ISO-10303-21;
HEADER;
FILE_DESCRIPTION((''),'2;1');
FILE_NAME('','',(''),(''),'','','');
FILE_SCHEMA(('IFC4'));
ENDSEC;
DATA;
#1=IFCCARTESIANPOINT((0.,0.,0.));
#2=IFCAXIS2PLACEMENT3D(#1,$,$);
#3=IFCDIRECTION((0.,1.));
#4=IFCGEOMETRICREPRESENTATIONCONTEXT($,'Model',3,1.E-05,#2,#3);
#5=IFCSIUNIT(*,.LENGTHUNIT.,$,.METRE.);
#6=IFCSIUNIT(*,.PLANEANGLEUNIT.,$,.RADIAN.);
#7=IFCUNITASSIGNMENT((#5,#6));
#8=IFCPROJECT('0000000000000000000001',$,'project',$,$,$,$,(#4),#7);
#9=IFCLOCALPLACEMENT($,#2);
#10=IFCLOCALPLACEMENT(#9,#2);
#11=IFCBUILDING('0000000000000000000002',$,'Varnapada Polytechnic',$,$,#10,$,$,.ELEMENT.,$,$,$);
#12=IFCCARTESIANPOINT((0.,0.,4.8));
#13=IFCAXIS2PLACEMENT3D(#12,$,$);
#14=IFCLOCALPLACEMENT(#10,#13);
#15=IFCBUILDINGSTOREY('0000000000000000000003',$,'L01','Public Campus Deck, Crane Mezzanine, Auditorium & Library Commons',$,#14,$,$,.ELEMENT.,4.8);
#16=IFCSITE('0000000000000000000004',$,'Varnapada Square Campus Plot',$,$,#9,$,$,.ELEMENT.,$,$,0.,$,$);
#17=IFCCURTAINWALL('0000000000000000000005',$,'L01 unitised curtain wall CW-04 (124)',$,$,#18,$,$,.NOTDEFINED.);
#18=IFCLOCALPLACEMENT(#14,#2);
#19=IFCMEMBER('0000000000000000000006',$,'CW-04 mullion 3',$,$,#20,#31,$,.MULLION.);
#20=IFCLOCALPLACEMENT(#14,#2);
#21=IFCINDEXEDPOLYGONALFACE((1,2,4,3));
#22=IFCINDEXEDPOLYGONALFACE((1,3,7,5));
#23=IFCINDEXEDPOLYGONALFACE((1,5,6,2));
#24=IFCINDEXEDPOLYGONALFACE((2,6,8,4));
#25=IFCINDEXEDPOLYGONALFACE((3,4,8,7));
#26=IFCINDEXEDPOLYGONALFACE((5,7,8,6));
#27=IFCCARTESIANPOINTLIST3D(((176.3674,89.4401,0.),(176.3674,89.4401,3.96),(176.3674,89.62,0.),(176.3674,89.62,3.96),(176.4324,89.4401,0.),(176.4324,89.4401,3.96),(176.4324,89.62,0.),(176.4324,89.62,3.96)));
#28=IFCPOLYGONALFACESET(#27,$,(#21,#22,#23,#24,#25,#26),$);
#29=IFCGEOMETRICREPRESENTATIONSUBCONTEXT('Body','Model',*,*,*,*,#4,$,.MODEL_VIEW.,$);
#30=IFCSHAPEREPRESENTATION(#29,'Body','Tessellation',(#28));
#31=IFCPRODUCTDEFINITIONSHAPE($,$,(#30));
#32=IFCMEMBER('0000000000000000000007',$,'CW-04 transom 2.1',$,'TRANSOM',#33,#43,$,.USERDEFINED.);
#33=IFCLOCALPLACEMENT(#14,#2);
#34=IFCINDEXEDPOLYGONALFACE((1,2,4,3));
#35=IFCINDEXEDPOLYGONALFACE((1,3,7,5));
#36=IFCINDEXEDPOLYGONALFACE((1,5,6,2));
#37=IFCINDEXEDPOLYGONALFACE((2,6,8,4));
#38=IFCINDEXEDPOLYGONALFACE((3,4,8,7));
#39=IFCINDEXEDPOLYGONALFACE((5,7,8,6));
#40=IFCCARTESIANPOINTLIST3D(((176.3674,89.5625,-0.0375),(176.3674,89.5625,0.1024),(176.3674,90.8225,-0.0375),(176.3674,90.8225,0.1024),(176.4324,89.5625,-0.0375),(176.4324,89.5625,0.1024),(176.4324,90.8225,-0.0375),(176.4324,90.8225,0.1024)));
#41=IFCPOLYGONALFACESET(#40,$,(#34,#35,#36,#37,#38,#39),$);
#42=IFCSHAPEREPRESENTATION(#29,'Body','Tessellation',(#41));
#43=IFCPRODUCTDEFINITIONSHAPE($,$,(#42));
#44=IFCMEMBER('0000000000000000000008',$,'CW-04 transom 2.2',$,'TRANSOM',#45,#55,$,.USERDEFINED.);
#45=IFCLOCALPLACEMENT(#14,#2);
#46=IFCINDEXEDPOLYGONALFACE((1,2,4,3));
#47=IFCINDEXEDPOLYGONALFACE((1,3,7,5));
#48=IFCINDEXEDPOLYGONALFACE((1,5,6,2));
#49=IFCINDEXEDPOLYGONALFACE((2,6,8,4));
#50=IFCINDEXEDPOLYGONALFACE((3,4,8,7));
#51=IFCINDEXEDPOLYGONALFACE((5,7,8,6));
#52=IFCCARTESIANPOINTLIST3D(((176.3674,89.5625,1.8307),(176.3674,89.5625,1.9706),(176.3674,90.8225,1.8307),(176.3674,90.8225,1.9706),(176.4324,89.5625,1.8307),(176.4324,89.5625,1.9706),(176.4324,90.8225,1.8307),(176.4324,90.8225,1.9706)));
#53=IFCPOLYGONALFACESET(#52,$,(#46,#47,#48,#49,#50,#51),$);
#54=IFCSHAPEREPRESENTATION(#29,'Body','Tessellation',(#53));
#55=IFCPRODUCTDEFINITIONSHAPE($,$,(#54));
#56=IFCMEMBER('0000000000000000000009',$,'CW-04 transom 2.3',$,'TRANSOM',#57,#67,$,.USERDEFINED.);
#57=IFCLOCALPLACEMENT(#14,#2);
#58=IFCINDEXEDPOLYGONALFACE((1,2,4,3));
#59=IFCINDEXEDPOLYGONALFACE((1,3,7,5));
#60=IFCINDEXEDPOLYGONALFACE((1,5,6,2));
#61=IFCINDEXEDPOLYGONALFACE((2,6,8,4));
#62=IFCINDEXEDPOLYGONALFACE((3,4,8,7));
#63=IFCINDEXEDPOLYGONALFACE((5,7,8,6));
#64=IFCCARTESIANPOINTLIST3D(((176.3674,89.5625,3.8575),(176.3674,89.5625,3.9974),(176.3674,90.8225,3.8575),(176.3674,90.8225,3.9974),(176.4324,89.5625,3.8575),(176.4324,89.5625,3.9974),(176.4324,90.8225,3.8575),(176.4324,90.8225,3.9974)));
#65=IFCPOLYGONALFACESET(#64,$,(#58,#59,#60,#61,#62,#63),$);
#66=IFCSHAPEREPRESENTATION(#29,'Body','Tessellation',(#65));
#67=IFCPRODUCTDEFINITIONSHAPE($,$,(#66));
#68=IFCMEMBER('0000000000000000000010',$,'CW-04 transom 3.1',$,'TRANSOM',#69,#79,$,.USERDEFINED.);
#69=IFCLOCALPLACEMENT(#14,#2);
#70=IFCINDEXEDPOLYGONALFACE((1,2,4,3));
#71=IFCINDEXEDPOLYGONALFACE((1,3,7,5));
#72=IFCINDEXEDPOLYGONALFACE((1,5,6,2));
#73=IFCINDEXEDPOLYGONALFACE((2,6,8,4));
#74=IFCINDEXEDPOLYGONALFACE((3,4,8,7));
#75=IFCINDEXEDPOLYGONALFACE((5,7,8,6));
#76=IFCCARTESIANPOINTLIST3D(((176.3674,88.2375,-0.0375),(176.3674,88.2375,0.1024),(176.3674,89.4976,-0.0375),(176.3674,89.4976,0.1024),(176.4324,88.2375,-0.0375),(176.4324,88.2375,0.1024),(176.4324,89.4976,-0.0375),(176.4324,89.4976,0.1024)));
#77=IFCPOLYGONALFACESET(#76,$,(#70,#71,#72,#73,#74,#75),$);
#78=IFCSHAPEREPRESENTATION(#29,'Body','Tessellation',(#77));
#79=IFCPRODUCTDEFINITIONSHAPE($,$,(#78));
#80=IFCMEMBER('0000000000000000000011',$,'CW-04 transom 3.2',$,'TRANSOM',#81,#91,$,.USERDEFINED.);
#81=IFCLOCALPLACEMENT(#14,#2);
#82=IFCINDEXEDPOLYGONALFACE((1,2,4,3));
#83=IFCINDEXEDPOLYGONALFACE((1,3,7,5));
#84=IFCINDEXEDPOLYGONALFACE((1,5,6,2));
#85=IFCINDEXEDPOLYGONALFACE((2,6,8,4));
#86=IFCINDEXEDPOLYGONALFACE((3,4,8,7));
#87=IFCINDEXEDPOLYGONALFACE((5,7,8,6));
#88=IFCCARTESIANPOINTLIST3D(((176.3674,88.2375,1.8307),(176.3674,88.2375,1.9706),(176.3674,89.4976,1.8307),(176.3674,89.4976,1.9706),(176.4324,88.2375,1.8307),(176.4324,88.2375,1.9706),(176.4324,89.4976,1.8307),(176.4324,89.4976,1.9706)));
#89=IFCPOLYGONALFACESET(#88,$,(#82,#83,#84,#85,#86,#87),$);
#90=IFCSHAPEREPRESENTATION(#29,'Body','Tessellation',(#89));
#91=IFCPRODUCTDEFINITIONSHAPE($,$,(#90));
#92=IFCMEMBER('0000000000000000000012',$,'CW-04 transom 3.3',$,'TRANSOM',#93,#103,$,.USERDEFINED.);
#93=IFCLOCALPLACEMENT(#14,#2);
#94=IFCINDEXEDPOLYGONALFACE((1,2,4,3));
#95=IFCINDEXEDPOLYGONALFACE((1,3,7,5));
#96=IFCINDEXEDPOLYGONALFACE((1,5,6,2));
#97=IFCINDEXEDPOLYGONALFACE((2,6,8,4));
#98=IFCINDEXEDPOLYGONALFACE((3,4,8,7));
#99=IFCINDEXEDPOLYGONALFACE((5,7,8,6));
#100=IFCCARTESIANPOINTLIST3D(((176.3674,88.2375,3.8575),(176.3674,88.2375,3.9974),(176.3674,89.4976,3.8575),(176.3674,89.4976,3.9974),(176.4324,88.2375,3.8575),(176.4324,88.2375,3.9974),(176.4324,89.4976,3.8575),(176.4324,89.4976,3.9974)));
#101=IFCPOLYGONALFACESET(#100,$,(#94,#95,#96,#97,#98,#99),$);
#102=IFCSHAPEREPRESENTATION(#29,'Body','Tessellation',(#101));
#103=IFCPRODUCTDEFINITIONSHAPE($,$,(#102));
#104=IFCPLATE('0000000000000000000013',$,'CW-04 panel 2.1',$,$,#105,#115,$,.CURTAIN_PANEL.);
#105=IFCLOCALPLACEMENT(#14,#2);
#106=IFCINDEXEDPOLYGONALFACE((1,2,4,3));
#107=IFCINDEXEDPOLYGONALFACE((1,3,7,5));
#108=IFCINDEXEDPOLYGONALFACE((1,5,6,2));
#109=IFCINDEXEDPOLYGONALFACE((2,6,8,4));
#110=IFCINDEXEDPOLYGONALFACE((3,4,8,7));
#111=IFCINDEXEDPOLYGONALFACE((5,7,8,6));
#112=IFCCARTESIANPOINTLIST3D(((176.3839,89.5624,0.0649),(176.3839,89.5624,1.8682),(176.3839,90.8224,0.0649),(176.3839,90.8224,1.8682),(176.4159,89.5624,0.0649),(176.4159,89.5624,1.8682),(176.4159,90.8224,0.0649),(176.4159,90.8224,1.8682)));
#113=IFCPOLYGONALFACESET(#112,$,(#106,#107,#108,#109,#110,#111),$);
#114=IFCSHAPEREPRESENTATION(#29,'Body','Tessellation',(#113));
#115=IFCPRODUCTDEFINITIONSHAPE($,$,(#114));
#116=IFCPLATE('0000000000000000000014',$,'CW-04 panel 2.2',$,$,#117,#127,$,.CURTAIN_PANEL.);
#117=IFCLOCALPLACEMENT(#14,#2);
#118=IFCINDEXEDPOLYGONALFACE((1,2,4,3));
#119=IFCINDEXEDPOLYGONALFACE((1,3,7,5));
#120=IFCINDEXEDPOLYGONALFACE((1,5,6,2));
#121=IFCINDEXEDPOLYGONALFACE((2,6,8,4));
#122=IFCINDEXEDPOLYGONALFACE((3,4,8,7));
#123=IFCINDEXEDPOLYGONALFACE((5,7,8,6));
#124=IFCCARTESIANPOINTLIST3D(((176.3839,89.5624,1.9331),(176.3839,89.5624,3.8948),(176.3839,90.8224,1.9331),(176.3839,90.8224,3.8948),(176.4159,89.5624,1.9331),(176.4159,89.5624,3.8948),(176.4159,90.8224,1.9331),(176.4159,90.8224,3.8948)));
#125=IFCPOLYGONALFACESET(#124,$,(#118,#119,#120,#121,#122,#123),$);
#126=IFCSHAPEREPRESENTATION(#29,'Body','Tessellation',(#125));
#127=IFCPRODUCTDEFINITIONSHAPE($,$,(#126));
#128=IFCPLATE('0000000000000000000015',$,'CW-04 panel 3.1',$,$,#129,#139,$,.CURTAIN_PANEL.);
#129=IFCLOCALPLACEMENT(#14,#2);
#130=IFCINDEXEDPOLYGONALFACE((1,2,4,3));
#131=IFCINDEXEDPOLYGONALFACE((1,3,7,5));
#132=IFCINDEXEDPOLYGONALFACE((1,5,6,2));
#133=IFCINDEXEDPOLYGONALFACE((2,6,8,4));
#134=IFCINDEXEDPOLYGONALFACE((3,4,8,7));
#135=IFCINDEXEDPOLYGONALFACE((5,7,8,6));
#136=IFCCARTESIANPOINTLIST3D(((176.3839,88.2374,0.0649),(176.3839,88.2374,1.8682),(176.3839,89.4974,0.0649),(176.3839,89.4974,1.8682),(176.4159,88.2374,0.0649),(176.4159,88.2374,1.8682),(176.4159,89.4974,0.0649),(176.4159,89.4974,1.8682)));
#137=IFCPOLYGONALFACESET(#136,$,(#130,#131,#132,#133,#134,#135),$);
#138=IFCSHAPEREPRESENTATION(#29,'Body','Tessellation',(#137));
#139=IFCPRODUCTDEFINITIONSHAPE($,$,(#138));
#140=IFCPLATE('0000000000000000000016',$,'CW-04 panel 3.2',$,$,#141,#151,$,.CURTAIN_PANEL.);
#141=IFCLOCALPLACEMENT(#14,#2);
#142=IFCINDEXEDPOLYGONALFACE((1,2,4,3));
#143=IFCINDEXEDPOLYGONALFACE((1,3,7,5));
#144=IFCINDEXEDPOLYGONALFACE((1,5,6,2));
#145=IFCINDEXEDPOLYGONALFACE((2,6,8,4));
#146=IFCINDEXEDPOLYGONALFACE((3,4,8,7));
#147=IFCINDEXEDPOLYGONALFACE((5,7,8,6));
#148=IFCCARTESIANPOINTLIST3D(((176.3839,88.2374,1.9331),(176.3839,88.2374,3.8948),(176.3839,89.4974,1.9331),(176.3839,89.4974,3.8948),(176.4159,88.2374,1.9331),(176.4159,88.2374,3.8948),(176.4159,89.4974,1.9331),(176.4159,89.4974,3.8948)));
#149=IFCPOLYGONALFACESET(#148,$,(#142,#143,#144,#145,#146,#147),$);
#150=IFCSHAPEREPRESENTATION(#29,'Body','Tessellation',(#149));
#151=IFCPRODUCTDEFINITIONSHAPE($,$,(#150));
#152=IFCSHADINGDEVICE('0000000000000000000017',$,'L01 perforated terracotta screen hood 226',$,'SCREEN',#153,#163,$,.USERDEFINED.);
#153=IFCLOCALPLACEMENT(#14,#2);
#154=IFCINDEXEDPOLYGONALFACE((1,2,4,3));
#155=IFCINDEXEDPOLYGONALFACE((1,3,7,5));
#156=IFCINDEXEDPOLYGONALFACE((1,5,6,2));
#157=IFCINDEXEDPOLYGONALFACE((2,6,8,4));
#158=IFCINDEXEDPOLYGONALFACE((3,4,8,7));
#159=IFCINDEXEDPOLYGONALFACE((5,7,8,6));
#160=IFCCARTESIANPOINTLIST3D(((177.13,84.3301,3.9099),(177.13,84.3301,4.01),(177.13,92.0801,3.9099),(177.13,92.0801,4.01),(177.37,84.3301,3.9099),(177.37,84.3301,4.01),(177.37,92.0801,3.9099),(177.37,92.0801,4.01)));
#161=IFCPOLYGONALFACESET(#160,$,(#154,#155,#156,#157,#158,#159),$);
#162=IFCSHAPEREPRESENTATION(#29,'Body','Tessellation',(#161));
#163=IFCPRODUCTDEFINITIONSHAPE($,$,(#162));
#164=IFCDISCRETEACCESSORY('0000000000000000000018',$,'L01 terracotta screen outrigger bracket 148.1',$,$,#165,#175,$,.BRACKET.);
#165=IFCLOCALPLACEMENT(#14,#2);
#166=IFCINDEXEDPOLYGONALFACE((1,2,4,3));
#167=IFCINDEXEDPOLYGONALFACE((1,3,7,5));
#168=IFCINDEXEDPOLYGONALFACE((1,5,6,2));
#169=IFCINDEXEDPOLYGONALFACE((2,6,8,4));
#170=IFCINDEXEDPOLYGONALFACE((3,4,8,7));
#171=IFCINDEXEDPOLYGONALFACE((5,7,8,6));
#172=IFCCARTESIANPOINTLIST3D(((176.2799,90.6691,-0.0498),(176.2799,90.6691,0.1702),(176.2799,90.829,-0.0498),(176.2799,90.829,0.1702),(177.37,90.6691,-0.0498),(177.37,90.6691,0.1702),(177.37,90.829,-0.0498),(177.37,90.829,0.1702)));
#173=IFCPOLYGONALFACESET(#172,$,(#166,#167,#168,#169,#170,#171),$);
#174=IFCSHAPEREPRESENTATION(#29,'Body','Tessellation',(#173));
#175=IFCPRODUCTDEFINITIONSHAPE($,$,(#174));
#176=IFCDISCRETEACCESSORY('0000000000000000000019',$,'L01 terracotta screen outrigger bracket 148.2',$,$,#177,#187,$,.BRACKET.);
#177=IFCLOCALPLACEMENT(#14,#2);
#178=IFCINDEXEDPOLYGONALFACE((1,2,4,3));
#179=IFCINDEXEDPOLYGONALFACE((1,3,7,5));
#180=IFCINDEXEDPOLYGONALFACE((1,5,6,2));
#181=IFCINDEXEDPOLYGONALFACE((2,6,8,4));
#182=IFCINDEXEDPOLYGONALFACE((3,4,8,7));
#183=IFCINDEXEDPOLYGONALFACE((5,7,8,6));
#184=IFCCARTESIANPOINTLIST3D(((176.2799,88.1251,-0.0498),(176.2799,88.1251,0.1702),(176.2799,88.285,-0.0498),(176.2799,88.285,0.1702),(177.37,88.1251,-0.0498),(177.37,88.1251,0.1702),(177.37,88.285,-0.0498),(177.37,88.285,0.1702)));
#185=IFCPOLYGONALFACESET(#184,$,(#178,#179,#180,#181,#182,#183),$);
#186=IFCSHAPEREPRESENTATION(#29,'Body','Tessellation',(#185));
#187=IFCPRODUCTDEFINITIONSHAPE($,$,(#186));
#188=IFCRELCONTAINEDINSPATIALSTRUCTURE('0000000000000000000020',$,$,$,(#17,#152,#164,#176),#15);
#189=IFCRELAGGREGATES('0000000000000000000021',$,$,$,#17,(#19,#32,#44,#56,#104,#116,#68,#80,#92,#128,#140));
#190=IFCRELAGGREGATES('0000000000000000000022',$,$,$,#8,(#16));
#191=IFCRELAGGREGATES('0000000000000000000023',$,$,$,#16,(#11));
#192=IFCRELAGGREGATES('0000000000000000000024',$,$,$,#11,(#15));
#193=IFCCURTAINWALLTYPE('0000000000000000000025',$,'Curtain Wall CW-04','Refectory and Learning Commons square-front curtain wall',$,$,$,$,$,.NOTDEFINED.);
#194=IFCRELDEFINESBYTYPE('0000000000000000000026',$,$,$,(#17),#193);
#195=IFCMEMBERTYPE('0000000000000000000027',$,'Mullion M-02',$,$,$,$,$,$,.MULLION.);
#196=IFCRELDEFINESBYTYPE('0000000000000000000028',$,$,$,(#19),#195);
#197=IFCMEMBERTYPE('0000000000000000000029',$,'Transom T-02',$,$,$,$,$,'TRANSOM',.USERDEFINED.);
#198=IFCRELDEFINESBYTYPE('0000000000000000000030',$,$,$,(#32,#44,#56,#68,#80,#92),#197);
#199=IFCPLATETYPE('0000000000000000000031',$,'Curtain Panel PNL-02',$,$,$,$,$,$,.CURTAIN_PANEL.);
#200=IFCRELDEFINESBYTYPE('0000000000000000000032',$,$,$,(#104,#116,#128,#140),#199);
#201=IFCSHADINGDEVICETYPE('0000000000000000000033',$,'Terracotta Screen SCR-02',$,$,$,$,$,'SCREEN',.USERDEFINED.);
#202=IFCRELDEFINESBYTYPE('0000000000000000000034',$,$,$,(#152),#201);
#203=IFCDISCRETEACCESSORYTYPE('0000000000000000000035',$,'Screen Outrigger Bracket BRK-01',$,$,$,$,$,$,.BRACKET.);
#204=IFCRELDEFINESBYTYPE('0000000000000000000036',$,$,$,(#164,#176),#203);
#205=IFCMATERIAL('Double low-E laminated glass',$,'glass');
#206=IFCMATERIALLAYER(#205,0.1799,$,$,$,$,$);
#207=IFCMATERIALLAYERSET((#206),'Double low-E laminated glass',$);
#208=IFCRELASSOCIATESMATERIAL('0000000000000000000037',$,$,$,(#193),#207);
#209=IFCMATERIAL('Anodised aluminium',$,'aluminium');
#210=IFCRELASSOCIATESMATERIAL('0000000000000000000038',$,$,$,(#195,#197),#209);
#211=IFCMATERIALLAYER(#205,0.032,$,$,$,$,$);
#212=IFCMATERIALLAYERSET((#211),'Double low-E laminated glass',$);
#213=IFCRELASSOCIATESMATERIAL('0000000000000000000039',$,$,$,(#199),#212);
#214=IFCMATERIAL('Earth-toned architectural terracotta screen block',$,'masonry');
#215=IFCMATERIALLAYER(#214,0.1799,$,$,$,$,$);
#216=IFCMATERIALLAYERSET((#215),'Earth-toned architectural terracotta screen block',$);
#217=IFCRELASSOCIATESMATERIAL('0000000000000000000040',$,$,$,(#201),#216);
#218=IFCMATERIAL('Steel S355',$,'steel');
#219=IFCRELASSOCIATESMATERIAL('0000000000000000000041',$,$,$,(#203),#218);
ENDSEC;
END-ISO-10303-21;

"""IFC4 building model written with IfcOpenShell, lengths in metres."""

from ifc_helpers import new_model, si_unit, direction, frame, origin, origin_2d, place, context, subcontext, project, spatial, rectangle, extrude, material, layer, layer_set, material_profile, profile_set, type_object, element, aggregate, save


model = new_model("IFC4")

# Units and contexts
model_context = context("Model", 3, precision=1e-05, world=origin(), true_north=direction((0.0, 1.0)))
body_context = subcontext(model_context, "Body", "Model", "MODEL_VIEW")
ifc_project = project(units=[si_unit("LENGTHUNIT", "METRE"), si_unit("PLANEANGLEUNIT", "RADIAN")], contexts=[model_context])

# Site, building, storey
site_placement = place(None, origin())
site = spatial("IfcSite", under=ifc_project, at=site_placement, Name="Varnapada Square Campus Plot", CompositionType="ELEMENT", RefElevation=0.0)
building_placement = place(site_placement, origin())
building = spatial("IfcBuilding", under=site, at=building_placement, Name="Varnapada Polytechnic", CompositionType="ELEMENT")
storey_placement = place(building_placement, frame((0.0, 0.0, 4.8)))
storey = spatial("IfcBuildingStorey", under=building, at=storey_placement, Name="L01", Description="Public Campus Deck, Crane Mezzanine, Auditorium & Library Commons", CompositionType="ELEMENT", Elevation=4.8)

# Curtain wall, members, plates
ifc_material_1 = material(Name="Double low-E laminated glass", Category="glass")
ifc_layer_1 = layer(ifc_material_1, 0.1799)
ifc_layer_set_1 = layer_set([ifc_layer_1], Name="Double low-E laminated glass")
curtain_wall_type = type_object("IfcCurtainWallType", Name="Curtain Wall CW-04", Description="Refectory and Learning Commons square-front curtain wall", PredefinedType="NOTDEFINED", material=ifc_layer_set_1)
curtain_wall_placement = place(storey_placement, origin())
curtain_wall = element("IfcCurtainWall", 1, at=curtain_wall_placement, inside=storey, type_object=curtain_wall_type, Name="L01 unitised curtain wall CW-04 (124)", PredefinedType="NOTDEFINED")
ifc_material_2 = material(Name="Anodised aluminium", Category="aluminium")
ifc_material_profile_1 = material_profile(ifc_material_2, rectangle(XDim=0.0649, YDim=0.1799, at=origin_2d()), Name="ALU M65x180")
ifc_profile_set_1 = profile_set([ifc_material_profile_1], Name="Anodised aluminium")
member_type_1 = type_object("IfcMemberType", Name="Mullion M-02", PredefinedType="MULLION", material=ifc_profile_set_1)
member_1_placement = place(storey_placement, frame((176.3999, 89.53, 0.0), z_axis=(0.0, 0.0, 1.0), x_axis=(1.0, 0.0, 0.0)))
member_1 = element("IfcMember", 2, at=member_1_placement, type_object=member_type_1, Name="CW-04 mullion 3", PredefinedType="MULLION", context=body_context, shape_type="SweptSolid", body=[
    extrude(rectangle(XDim=0.0649, YDim=0.1799, at=origin_2d()), origin(), (0.0, 0.0, 1.0), 3.96),
])
ifc_material_profile_2 = material_profile(ifc_material_2, rectangle(XDim=0.0649, YDim=0.1399, at=origin_2d()), Name="ALU T65x140")
ifc_profile_set_2 = profile_set([ifc_material_profile_2], Name="Anodised aluminium")
member_type_2 = type_object("IfcMemberType", Name="Transom T-02", ElementType="TRANSOM", PredefinedType="USERDEFINED", material=ifc_profile_set_2)
member_2_placement = place(storey_placement, frame((176.3999, 90.8225, 0.0325), z_axis=(0.0, -1.0, 0.0), x_axis=(1.0, 0.0, 0.0)))
member_2 = element("IfcMember", 3, at=member_2_placement, type_object=member_type_2, Name="CW-04 transom 2.1", ObjectType="TRANSOM", PredefinedType="USERDEFINED", context=body_context, shape_type="SweptSolid", body=[
    extrude(rectangle(XDim=0.0649, YDim=0.1399, at=origin_2d()), origin(), (0.0, 0.0, 1.0), 1.26),
])
member_3_placement = place(storey_placement, frame((176.3999, 90.8225, 1.9006), z_axis=(0.0, -1.0, 0.0), x_axis=(1.0, 0.0, 0.0)))
member_3 = element("IfcMember", 4, at=member_3_placement, type_object=member_type_2, Name="CW-04 transom 2.2", ObjectType="TRANSOM", PredefinedType="USERDEFINED", context=body_context, shape_type="SweptSolid", body=[
    extrude(rectangle(XDim=0.0649, YDim=0.1399, at=origin_2d()), origin(), (0.0, 0.0, 1.0), 1.26),
])
member_4_placement = place(storey_placement, frame((176.3999, 90.8225, 3.9275), z_axis=(0.0, -1.0, 0.0), x_axis=(1.0, 0.0, 0.0)))
member_4 = element("IfcMember", 5, at=member_4_placement, type_object=member_type_2, Name="CW-04 transom 2.3", ObjectType="TRANSOM", PredefinedType="USERDEFINED", context=body_context, shape_type="SweptSolid", body=[
    extrude(rectangle(XDim=0.0649, YDim=0.1399, at=origin_2d()), origin(), (0.0, 0.0, 1.0), 1.26),
])
member_5_placement = place(storey_placement, frame((176.3999, 89.4976, 0.0325), z_axis=(0.0, -1.0, 0.0), x_axis=(1.0, 0.0, 0.0)))
member_5 = element("IfcMember", 6, at=member_5_placement, type_object=member_type_2, Name="CW-04 transom 3.1", ObjectType="TRANSOM", PredefinedType="USERDEFINED", context=body_context, shape_type="SweptSolid", body=[
    extrude(rectangle(XDim=0.0649, YDim=0.1399, at=origin_2d()), origin(), (0.0, 0.0, 1.0), 1.26),
])
member_6_placement = place(storey_placement, frame((176.3999, 89.4976, 1.9006), z_axis=(0.0, -1.0, 0.0), x_axis=(1.0, 0.0, 0.0)))
member_6 = element("IfcMember", 7, at=member_6_placement, type_object=member_type_2, Name="CW-04 transom 3.2", ObjectType="TRANSOM", PredefinedType="USERDEFINED", context=body_context, shape_type="SweptSolid", body=[
    extrude(rectangle(XDim=0.0649, YDim=0.1399, at=origin_2d()), origin(), (0.0, 0.0, 1.0), 1.26),
])
member_7_placement = place(storey_placement, frame((176.3999, 89.4976, 3.9275), z_axis=(0.0, -1.0, 0.0), x_axis=(1.0, 0.0, 0.0)))
member_7 = element("IfcMember", 8, at=member_7_placement, type_object=member_type_2, Name="CW-04 transom 3.3", ObjectType="TRANSOM", PredefinedType="USERDEFINED", context=body_context, shape_type="SweptSolid", body=[
    extrude(rectangle(XDim=0.0649, YDim=0.1399, at=origin_2d()), origin(), (0.0, 0.0, 1.0), 1.26),
])
ifc_layer_2 = layer(ifc_material_1, 0.032)
ifc_layer_set_2 = layer_set([ifc_layer_2], Name="Double low-E laminated glass")
plate_type = type_object("IfcPlateType", Name="Curtain Panel PNL-02", PredefinedType="CURTAIN_PANEL", material=ifc_layer_set_2)
plate_1_placement = place(storey_placement, frame((176.3999, 90.1924, 0.0649), z_axis=(0.0, 0.0, 1.0), x_axis=(0.0, -1.0, 0.0)))
plate_1 = element("IfcPlate", 9, at=plate_1_placement, type_object=plate_type, Name="CW-04 panel 2.1", PredefinedType="CURTAIN_PANEL", context=body_context, shape_type="SweptSolid", body=[
    extrude(rectangle(XDim=1.26, YDim=0.032, at=origin_2d()), origin(), (0.0, 0.0, 1.0), 1.8032),
])
plate_2_placement = place(storey_placement, frame((176.3999, 90.1924, 1.9331), z_axis=(0.0, 0.0, 1.0), x_axis=(0.0, -1.0, 0.0)))
plate_2 = element("IfcPlate", 10, at=plate_2_placement, type_object=plate_type, Name="CW-04 panel 2.2", PredefinedType="CURTAIN_PANEL", context=body_context, shape_type="SweptSolid", body=[
    extrude(rectangle(XDim=1.26, YDim=0.032, at=origin_2d()), origin(), (0.0, 0.0, 1.0), 1.9617),
])
plate_3_placement = place(storey_placement, frame((176.3999, 88.8674, 0.0649), z_axis=(0.0, 0.0, 1.0), x_axis=(0.0, -1.0, 0.0)))
plate_3 = element("IfcPlate", 11, at=plate_3_placement, type_object=plate_type, Name="CW-04 panel 3.1", PredefinedType="CURTAIN_PANEL", context=body_context, shape_type="SweptSolid", body=[
    extrude(rectangle(XDim=1.26, YDim=0.032, at=origin_2d()), origin(), (0.0, 0.0, 1.0), 1.8032),
])
plate_4_placement = place(storey_placement, frame((176.3999, 88.8674, 1.9331), z_axis=(0.0, 0.0, 1.0), x_axis=(0.0, -1.0, 0.0)))
plate_4 = element("IfcPlate", 12, at=plate_4_placement, type_object=plate_type, Name="CW-04 panel 3.2", PredefinedType="CURTAIN_PANEL", context=body_context, shape_type="SweptSolid", body=[
    extrude(rectangle(XDim=1.26, YDim=0.032, at=origin_2d()), origin(), (0.0, 0.0, 1.0), 1.9617),
])
aggregate(curtain_wall, [member_1, member_2, member_3, member_4, plate_1, plate_2, member_5, member_6, member_7, plate_3, plate_4])

# Shading device
ifc_material_3 = material(Name="Earth-toned architectural terracotta screen block", Category="masonry")
ifc_layer_3 = layer(ifc_material_3, 0.1799)
ifc_layer_set_3 = layer_set([ifc_layer_3], Name="Earth-toned architectural terracotta screen block")
shading_device_type = type_object("IfcShadingDeviceType", Name="Terracotta Screen SCR-02", ElementType="SCREEN", PredefinedType="USERDEFINED", material=ifc_layer_set_3)
shading_device_placement = place(storey_placement, frame((177.25, 88.2051, 3.9099), z_axis=(0.0, 0.0, 1.0), x_axis=(0.0, -1.0, 0.0)))
element("IfcShadingDevice", 13, at=shading_device_placement, inside=storey, type_object=shading_device_type, Name="L01 perforated terracotta screen hood 226", ObjectType="SCREEN", PredefinedType="USERDEFINED", context=body_context, shape_type="SweptSolid", body=[
    extrude(rectangle(XDim=7.75, YDim=0.24, at=origin_2d()), origin(), (0.0, 0.0, 1.0), 0.1001),
])

# Discrete accessories
ifc_material_4 = material(Name="Steel S355", Category="steel")
discrete_accessory_type = type_object("IfcDiscreteAccessoryType", Name="Screen Outrigger Bracket BRK-01", PredefinedType="BRACKET", material=ifc_material_4)
for number, where, z_axis, x_axis, name in (
    (14, (176.825, 90.749, -0.0498), (0.0, 0.0, 1.0), (0.0, -1.0, 0.0), "L01 terracotta screen outrigger bracket 148.1"),
    (15, (176.825, 88.2051, -0.0498), (0.0, 0.0, 1.0), (0.0, -1.0, 0.0), "L01 terracotta screen outrigger bracket 148.2"),
):
    element("IfcDiscreteAccessory", number, at=place(storey_placement, frame(where, z_axis=z_axis, x_axis=x_axis)), inside=storey, type_object=discrete_accessory_type, Name=name, PredefinedType="BRACKET", context=body_context, shape_type="SweptSolid", body=[
        extrude(rectangle(XDim=0.1599, YDim=1.0901, at=origin_2d()), origin(), (0.0, 0.0, 1.0), 0.22),
    ])

save(model, "model.ifc")
